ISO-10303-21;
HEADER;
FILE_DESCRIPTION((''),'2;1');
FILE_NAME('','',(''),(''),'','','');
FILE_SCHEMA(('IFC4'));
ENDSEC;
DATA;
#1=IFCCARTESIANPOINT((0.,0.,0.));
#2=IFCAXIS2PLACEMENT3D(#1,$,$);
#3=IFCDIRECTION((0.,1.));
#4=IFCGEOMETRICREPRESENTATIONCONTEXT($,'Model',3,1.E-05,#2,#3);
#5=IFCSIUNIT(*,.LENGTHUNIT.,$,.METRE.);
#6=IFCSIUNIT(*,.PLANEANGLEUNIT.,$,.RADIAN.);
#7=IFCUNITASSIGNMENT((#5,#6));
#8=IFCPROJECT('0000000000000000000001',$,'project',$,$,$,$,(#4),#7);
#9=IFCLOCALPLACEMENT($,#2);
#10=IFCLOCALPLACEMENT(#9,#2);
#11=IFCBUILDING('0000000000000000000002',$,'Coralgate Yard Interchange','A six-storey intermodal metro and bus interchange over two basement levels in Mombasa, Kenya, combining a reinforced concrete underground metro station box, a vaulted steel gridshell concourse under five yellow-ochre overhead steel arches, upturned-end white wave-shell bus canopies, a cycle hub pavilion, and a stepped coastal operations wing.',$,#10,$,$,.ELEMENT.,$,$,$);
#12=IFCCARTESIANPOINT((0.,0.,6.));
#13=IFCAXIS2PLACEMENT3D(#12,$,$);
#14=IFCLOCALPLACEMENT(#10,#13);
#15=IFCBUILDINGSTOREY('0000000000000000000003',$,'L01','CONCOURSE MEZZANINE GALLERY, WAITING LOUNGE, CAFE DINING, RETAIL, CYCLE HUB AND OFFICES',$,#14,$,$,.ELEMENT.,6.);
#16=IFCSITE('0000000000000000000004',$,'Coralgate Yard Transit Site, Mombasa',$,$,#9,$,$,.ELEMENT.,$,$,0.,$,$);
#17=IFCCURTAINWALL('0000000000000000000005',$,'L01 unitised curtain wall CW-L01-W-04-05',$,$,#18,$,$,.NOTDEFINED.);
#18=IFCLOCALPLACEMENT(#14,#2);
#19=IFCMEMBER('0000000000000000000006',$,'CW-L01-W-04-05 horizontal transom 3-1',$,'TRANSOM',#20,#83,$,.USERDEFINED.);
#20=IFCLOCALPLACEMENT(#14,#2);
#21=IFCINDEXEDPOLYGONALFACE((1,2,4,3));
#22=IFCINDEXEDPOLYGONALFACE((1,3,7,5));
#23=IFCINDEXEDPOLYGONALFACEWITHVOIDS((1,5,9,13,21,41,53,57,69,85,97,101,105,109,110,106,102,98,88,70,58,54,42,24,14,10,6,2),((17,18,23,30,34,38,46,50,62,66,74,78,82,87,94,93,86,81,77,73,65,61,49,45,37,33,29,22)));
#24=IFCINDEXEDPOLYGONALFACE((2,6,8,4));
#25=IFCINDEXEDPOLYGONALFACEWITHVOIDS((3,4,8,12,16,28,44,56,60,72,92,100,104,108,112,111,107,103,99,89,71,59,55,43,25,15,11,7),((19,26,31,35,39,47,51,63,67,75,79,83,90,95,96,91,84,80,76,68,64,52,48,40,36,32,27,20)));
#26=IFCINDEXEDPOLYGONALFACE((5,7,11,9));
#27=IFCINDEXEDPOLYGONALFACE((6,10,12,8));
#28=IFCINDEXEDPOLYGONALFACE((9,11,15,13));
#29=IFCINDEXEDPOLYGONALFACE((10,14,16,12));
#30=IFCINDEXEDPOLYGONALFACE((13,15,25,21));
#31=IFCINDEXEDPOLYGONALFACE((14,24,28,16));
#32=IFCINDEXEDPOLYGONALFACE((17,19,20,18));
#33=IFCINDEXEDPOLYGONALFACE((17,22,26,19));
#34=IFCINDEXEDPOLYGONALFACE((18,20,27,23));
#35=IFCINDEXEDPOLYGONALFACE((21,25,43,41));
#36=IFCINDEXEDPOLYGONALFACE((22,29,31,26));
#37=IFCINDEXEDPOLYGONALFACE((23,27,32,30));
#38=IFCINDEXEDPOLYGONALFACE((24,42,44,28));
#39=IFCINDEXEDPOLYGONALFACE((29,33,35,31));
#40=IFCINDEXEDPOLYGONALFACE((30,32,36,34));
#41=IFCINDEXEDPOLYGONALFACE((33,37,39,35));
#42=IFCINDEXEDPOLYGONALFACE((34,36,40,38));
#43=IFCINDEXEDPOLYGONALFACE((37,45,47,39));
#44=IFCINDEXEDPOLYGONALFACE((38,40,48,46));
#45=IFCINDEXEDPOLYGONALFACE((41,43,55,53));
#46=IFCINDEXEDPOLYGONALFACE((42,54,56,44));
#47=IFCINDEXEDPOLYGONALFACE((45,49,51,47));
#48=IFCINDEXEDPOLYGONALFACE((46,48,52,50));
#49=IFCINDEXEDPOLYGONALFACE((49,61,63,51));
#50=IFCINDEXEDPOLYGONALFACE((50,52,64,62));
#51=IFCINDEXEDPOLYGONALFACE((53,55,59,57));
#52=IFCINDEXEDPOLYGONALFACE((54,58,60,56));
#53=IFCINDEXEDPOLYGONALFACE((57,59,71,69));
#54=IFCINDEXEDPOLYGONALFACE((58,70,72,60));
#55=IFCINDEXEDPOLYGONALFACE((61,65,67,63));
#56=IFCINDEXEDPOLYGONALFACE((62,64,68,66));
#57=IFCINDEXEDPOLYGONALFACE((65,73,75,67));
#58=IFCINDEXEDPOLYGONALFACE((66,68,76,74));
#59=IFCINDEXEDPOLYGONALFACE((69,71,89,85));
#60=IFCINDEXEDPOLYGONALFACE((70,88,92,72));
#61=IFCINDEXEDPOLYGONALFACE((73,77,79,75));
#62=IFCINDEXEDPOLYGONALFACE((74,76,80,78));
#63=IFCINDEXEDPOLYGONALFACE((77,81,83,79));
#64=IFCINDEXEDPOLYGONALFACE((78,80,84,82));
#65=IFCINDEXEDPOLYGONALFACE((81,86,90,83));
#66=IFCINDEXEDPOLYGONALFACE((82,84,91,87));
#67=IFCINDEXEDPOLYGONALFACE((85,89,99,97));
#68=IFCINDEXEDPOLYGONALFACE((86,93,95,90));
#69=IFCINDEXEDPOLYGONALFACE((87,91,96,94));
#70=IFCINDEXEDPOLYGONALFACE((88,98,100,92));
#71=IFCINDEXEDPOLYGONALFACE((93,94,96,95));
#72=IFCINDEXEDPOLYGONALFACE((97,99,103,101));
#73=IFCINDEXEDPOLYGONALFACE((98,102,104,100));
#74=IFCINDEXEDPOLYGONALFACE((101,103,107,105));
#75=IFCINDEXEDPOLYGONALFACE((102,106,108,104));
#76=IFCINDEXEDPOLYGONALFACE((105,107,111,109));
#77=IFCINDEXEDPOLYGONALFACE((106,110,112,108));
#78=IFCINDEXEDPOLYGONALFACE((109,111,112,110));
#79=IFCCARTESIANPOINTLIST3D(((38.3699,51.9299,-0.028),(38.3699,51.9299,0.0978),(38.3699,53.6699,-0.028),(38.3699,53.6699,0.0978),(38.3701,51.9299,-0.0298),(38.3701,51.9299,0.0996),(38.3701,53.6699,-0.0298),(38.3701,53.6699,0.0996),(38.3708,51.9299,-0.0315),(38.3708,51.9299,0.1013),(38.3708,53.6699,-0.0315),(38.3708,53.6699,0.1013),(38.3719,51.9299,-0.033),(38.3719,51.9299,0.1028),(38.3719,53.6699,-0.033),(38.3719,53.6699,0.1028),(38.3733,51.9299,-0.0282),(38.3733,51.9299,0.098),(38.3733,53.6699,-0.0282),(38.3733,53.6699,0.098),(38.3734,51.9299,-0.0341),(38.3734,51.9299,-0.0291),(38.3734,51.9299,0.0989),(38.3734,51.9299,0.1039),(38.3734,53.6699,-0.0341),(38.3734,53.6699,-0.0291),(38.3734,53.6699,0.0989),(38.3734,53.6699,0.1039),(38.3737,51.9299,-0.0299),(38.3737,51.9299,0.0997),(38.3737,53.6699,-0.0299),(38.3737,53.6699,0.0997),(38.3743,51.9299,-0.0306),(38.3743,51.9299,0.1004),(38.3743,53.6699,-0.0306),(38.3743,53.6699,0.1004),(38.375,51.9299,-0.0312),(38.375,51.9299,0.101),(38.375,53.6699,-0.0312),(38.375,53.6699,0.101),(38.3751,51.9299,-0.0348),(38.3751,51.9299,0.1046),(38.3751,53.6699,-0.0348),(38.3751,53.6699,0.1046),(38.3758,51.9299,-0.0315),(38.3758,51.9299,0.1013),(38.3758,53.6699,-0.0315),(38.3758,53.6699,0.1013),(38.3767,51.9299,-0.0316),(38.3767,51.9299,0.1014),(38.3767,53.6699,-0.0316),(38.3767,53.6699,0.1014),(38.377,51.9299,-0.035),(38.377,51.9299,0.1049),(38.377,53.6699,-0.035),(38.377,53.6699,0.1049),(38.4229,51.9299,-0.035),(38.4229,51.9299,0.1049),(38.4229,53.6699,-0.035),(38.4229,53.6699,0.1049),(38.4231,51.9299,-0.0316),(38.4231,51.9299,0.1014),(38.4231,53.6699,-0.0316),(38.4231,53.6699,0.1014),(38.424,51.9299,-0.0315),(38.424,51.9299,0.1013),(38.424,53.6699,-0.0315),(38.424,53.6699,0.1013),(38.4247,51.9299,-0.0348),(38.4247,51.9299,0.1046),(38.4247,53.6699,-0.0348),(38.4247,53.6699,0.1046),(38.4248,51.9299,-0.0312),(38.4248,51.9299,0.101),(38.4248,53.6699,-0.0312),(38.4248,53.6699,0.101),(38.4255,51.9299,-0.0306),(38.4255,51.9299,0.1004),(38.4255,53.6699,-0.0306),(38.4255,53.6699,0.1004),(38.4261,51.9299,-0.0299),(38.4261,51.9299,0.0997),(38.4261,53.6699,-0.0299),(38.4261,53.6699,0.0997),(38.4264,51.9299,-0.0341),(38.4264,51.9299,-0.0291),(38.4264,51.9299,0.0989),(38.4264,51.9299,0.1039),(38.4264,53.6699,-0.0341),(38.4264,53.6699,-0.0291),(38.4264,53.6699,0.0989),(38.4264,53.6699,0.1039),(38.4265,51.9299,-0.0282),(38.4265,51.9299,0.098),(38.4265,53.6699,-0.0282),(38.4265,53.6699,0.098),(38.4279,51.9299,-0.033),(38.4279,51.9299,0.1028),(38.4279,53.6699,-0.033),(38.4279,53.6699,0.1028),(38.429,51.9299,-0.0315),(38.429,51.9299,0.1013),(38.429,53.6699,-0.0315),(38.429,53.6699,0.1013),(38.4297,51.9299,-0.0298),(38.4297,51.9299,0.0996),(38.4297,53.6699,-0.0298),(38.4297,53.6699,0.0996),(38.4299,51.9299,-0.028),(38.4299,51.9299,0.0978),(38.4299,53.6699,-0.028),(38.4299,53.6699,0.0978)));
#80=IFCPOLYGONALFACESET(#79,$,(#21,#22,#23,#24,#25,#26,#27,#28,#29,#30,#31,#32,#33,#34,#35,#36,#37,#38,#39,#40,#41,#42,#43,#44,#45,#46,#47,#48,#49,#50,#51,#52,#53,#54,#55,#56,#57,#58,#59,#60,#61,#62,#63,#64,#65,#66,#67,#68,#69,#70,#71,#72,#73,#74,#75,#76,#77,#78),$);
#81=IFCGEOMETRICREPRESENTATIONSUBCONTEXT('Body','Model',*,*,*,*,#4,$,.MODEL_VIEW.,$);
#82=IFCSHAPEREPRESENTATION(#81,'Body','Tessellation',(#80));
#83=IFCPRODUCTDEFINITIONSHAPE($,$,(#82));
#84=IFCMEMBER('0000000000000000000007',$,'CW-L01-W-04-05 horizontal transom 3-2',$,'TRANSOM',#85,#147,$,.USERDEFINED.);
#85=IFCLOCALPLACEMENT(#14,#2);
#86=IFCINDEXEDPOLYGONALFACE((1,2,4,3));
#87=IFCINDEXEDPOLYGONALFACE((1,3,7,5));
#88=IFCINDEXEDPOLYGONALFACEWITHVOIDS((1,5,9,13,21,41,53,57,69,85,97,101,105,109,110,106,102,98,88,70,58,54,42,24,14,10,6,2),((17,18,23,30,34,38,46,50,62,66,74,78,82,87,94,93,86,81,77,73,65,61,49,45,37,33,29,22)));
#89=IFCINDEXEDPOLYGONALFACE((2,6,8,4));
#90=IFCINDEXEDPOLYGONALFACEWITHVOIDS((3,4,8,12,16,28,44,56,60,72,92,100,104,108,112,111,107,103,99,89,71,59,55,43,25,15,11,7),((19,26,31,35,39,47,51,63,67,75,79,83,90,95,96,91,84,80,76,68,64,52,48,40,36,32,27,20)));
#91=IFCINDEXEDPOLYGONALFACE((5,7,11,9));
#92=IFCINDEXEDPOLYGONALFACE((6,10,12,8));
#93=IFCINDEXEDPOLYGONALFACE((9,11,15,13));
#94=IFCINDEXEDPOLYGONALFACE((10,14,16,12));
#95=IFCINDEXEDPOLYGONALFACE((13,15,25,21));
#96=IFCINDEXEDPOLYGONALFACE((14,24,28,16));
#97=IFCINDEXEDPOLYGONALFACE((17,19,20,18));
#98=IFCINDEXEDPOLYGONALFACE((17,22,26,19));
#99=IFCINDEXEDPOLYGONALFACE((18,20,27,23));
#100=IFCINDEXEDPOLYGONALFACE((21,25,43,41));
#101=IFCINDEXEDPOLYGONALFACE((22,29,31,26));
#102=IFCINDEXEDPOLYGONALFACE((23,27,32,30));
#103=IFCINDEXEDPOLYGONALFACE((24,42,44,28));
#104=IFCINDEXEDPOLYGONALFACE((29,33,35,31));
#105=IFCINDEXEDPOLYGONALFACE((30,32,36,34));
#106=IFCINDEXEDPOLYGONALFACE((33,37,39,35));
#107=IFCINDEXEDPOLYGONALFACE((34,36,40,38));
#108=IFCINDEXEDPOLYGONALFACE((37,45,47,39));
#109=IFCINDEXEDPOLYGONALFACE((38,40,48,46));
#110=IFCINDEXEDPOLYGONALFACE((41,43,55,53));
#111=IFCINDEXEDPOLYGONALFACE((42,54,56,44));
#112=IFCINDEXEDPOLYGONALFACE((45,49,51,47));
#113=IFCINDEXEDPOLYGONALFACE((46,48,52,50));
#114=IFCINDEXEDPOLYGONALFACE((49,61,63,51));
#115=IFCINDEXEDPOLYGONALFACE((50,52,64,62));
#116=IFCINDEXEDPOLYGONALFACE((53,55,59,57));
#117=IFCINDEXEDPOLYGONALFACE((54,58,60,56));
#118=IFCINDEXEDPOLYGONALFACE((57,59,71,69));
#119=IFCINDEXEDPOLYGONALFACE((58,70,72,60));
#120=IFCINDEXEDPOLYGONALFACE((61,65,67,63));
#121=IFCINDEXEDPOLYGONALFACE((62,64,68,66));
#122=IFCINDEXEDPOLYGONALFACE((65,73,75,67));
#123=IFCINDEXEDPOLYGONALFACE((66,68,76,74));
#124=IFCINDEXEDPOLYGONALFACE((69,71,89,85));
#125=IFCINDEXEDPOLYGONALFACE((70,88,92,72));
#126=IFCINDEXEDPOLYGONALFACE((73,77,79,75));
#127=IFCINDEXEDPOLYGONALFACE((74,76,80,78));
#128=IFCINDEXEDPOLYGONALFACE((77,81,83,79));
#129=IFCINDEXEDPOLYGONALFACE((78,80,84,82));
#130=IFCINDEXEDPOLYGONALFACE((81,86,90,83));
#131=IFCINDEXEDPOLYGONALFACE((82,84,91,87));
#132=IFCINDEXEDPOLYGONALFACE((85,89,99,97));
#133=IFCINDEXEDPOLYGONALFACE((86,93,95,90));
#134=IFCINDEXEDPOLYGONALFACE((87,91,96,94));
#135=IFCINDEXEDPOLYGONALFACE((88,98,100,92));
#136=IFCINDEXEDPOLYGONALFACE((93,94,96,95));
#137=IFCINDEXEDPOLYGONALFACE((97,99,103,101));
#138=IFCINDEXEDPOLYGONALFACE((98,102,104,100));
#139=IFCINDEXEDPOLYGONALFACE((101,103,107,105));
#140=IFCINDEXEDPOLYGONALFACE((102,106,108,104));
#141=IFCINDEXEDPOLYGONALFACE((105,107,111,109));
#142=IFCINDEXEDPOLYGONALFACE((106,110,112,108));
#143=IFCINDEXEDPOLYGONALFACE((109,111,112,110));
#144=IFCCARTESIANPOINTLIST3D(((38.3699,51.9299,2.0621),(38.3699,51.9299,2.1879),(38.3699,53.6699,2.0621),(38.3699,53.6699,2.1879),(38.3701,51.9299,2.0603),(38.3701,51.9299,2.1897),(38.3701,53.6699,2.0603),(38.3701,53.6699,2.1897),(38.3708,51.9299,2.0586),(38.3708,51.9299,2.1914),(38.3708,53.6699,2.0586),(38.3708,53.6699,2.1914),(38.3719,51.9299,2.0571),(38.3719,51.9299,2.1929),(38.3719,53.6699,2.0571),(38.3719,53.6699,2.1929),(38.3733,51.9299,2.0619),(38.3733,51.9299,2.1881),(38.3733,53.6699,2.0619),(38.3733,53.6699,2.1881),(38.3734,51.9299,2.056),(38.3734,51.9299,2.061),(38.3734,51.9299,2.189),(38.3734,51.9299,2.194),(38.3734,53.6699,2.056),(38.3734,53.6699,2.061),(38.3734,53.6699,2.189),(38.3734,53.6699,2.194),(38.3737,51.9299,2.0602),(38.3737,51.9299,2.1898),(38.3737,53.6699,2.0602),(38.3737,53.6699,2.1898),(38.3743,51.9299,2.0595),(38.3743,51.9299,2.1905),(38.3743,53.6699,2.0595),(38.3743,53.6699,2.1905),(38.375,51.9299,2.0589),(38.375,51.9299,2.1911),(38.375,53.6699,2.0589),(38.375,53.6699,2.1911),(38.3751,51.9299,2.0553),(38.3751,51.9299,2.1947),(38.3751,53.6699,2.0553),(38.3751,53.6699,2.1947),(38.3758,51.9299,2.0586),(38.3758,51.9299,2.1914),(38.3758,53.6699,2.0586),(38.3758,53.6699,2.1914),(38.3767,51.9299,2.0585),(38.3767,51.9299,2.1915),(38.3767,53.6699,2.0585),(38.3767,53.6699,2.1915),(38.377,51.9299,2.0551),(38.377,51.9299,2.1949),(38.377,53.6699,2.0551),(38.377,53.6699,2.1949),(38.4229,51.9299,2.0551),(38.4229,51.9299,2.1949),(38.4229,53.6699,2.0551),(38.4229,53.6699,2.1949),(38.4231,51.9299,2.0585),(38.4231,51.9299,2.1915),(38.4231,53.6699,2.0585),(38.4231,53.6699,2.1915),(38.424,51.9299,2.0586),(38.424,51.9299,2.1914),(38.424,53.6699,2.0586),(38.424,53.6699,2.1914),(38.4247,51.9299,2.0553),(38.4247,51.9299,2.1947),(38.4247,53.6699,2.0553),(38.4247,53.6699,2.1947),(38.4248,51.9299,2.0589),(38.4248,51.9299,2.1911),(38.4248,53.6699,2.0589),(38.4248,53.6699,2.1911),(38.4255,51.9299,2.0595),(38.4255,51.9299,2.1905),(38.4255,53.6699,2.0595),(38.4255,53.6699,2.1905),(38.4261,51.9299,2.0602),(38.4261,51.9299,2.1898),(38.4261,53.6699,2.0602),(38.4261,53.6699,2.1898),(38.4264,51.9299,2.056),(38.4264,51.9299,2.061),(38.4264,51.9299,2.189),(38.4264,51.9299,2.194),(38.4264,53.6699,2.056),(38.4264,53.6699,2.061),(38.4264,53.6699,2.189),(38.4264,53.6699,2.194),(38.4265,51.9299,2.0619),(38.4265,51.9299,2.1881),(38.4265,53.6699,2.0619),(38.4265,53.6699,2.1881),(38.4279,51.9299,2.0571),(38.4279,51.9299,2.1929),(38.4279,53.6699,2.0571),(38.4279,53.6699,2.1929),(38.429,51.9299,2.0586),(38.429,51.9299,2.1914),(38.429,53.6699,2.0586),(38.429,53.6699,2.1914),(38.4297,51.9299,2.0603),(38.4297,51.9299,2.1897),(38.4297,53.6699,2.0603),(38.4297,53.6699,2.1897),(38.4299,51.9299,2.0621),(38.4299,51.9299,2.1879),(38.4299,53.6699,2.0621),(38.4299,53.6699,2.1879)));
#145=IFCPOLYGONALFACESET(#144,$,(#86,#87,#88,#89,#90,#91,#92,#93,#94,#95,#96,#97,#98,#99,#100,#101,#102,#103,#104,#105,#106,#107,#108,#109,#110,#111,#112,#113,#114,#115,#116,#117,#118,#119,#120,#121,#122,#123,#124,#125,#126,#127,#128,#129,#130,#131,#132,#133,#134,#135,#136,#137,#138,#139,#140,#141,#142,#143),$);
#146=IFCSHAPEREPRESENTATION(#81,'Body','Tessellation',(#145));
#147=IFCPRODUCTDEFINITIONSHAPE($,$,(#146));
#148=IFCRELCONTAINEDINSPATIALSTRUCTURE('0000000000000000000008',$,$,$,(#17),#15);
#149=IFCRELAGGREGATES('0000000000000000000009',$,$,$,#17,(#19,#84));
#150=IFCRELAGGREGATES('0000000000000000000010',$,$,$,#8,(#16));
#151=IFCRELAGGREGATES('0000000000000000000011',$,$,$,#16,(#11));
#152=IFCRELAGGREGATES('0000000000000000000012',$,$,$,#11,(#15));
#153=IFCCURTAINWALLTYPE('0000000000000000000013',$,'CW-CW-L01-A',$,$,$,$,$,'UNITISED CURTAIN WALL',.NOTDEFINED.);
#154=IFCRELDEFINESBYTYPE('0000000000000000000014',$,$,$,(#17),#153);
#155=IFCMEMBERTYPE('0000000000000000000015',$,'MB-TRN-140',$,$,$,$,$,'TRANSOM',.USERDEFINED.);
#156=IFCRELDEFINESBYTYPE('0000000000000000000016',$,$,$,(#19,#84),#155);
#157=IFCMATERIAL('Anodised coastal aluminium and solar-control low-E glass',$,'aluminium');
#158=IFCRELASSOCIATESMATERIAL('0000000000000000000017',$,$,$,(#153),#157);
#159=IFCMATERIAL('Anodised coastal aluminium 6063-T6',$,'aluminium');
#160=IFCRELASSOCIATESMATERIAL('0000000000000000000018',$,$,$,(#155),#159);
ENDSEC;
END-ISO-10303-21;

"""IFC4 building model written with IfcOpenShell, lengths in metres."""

from ifc_helpers import new_model, si_unit, direction, frame, origin, origin_2d, place, context, subcontext, project, spatial, hollow_rectangle, extrude, material, material_profile, profile_set, type_object, element, aggregate, save


model = new_model("IFC4")

# Units and contexts
model_context = context("Model", 3, precision=1e-05, world=origin(), true_north=direction((0.0, 1.0)))
body_context = subcontext(model_context, "Body", "Model", "MODEL_VIEW")
ifc_project = project(units=[si_unit("LENGTHUNIT", "METRE"), si_unit("PLANEANGLEUNIT", "RADIAN")], contexts=[model_context])

# Site, building, storey
site_placement = place(None, origin())
site = spatial("IfcSite", under=ifc_project, at=site_placement, Name="Coralgate Yard Transit Site, Mombasa", CompositionType="ELEMENT", RefElevation=0.0)
building_placement = place(site_placement, origin())
building = spatial("IfcBuilding", under=site, at=building_placement, Name="Coralgate Yard Interchange", Description="A six-storey intermodal metro and bus interchange over two basement levels in Mombasa, Kenya, combining a reinforced concrete underground metro station box, a vaulted steel gridshell concourse under five yellow-ochre overhead steel arches, upturned-end white wave-shell bus canopies, a cycle hub pavilion, and a stepped coastal operations wing.", CompositionType="ELEMENT")
storey_placement = place(building_placement, frame((0.0, 0.0, 6.0)))
storey = spatial("IfcBuildingStorey", under=building, at=storey_placement, Name="L01", Description="CONCOURSE MEZZANINE GALLERY, WAITING LOUNGE, CAFE DINING, RETAIL, CYCLE HUB AND OFFICES", CompositionType="ELEMENT", Elevation=6.0)

# Curtain wall
ifc_material_1 = material(Name="Anodised coastal aluminium and solar-control low-E glass", Category="aluminium")
curtain_wall_type_1 = type_object("IfcCurtainWallType", Name="CW-CW-L01-A", ElementType="UNITISED CURTAIN WALL", PredefinedType="NOTDEFINED", material=ifc_material_1)
curtain_wall_1_placement = place(storey_placement, origin())
curtain_wall_1 = element("IfcCurtainWall", 1, at=curtain_wall_1_placement, inside=storey, type_object=curtain_wall_type_1, Name="L01 unitised curtain wall CW-L01-W-04-05", PredefinedType="NOTDEFINED")
ifc_material_2 = material(Name="Anodised coastal aluminium 6063-T6", Category="aluminium")

# Members
ifc_material_profile_1 = material_profile(ifc_material_2, hollow_rectangle(XDim=0.0601, YDim=0.1399, WallThickness=0.0034, InnerFilletRadius=0.0034, OuterFilletRadius=0.0071, at=origin_2d()), Name="ALU 60x140x3.5")
ifc_profile_set_1 = profile_set([ifc_material_profile_1], Name="Anodised coastal aluminium 6063-T6")
member_type_1 = type_object("IfcMemberType", Name="MB-TRN-140", ElementType="TRANSOM", PredefinedType="USERDEFINED", material=ifc_profile_set_1)
member_1_placement = place(storey_placement, frame((38.3999, 51.9299, 0.0349), z_axis=(0.0, 1.0, 0.0), x_axis=(-1.0, 0.0, 0.0)))
member_1 = element("IfcMember", 2, at=member_1_placement, type_object=member_type_1, Name="CW-L01-W-04-05 horizontal transom 3-1", ObjectType="TRANSOM", PredefinedType="USERDEFINED", context=body_context, shape_type="SweptSolid", body=[
    extrude(hollow_rectangle(XDim=0.0601, YDim=0.1399, WallThickness=0.0034, InnerFilletRadius=0.0034, OuterFilletRadius=0.0071, at=origin_2d()), origin(), (0.0, 0.0, 1.0), 1.74),
])
member_2_placement = place(storey_placement, frame((38.3999, 51.9299, 2.125), z_axis=(0.0, 1.0, 0.0), x_axis=(-1.0, 0.0, 0.0)))
member_2 = element("IfcMember", 3, at=member_2_placement, type_object=member_type_1, Name="CW-L01-W-04-05 horizontal transom 3-2", ObjectType="TRANSOM", PredefinedType="USERDEFINED", context=body_context, shape_type="SweptSolid", body=[
    extrude(hollow_rectangle(XDim=0.0601, YDim=0.1399, WallThickness=0.0034, InnerFilletRadius=0.0034, OuterFilletRadius=0.0071, at=origin_2d()), origin(), (0.0, 0.0, 1.0), 1.74),
])

aggregate(curtain_wall_1, [member_1, member_2])

save(model, "model.ifc")
